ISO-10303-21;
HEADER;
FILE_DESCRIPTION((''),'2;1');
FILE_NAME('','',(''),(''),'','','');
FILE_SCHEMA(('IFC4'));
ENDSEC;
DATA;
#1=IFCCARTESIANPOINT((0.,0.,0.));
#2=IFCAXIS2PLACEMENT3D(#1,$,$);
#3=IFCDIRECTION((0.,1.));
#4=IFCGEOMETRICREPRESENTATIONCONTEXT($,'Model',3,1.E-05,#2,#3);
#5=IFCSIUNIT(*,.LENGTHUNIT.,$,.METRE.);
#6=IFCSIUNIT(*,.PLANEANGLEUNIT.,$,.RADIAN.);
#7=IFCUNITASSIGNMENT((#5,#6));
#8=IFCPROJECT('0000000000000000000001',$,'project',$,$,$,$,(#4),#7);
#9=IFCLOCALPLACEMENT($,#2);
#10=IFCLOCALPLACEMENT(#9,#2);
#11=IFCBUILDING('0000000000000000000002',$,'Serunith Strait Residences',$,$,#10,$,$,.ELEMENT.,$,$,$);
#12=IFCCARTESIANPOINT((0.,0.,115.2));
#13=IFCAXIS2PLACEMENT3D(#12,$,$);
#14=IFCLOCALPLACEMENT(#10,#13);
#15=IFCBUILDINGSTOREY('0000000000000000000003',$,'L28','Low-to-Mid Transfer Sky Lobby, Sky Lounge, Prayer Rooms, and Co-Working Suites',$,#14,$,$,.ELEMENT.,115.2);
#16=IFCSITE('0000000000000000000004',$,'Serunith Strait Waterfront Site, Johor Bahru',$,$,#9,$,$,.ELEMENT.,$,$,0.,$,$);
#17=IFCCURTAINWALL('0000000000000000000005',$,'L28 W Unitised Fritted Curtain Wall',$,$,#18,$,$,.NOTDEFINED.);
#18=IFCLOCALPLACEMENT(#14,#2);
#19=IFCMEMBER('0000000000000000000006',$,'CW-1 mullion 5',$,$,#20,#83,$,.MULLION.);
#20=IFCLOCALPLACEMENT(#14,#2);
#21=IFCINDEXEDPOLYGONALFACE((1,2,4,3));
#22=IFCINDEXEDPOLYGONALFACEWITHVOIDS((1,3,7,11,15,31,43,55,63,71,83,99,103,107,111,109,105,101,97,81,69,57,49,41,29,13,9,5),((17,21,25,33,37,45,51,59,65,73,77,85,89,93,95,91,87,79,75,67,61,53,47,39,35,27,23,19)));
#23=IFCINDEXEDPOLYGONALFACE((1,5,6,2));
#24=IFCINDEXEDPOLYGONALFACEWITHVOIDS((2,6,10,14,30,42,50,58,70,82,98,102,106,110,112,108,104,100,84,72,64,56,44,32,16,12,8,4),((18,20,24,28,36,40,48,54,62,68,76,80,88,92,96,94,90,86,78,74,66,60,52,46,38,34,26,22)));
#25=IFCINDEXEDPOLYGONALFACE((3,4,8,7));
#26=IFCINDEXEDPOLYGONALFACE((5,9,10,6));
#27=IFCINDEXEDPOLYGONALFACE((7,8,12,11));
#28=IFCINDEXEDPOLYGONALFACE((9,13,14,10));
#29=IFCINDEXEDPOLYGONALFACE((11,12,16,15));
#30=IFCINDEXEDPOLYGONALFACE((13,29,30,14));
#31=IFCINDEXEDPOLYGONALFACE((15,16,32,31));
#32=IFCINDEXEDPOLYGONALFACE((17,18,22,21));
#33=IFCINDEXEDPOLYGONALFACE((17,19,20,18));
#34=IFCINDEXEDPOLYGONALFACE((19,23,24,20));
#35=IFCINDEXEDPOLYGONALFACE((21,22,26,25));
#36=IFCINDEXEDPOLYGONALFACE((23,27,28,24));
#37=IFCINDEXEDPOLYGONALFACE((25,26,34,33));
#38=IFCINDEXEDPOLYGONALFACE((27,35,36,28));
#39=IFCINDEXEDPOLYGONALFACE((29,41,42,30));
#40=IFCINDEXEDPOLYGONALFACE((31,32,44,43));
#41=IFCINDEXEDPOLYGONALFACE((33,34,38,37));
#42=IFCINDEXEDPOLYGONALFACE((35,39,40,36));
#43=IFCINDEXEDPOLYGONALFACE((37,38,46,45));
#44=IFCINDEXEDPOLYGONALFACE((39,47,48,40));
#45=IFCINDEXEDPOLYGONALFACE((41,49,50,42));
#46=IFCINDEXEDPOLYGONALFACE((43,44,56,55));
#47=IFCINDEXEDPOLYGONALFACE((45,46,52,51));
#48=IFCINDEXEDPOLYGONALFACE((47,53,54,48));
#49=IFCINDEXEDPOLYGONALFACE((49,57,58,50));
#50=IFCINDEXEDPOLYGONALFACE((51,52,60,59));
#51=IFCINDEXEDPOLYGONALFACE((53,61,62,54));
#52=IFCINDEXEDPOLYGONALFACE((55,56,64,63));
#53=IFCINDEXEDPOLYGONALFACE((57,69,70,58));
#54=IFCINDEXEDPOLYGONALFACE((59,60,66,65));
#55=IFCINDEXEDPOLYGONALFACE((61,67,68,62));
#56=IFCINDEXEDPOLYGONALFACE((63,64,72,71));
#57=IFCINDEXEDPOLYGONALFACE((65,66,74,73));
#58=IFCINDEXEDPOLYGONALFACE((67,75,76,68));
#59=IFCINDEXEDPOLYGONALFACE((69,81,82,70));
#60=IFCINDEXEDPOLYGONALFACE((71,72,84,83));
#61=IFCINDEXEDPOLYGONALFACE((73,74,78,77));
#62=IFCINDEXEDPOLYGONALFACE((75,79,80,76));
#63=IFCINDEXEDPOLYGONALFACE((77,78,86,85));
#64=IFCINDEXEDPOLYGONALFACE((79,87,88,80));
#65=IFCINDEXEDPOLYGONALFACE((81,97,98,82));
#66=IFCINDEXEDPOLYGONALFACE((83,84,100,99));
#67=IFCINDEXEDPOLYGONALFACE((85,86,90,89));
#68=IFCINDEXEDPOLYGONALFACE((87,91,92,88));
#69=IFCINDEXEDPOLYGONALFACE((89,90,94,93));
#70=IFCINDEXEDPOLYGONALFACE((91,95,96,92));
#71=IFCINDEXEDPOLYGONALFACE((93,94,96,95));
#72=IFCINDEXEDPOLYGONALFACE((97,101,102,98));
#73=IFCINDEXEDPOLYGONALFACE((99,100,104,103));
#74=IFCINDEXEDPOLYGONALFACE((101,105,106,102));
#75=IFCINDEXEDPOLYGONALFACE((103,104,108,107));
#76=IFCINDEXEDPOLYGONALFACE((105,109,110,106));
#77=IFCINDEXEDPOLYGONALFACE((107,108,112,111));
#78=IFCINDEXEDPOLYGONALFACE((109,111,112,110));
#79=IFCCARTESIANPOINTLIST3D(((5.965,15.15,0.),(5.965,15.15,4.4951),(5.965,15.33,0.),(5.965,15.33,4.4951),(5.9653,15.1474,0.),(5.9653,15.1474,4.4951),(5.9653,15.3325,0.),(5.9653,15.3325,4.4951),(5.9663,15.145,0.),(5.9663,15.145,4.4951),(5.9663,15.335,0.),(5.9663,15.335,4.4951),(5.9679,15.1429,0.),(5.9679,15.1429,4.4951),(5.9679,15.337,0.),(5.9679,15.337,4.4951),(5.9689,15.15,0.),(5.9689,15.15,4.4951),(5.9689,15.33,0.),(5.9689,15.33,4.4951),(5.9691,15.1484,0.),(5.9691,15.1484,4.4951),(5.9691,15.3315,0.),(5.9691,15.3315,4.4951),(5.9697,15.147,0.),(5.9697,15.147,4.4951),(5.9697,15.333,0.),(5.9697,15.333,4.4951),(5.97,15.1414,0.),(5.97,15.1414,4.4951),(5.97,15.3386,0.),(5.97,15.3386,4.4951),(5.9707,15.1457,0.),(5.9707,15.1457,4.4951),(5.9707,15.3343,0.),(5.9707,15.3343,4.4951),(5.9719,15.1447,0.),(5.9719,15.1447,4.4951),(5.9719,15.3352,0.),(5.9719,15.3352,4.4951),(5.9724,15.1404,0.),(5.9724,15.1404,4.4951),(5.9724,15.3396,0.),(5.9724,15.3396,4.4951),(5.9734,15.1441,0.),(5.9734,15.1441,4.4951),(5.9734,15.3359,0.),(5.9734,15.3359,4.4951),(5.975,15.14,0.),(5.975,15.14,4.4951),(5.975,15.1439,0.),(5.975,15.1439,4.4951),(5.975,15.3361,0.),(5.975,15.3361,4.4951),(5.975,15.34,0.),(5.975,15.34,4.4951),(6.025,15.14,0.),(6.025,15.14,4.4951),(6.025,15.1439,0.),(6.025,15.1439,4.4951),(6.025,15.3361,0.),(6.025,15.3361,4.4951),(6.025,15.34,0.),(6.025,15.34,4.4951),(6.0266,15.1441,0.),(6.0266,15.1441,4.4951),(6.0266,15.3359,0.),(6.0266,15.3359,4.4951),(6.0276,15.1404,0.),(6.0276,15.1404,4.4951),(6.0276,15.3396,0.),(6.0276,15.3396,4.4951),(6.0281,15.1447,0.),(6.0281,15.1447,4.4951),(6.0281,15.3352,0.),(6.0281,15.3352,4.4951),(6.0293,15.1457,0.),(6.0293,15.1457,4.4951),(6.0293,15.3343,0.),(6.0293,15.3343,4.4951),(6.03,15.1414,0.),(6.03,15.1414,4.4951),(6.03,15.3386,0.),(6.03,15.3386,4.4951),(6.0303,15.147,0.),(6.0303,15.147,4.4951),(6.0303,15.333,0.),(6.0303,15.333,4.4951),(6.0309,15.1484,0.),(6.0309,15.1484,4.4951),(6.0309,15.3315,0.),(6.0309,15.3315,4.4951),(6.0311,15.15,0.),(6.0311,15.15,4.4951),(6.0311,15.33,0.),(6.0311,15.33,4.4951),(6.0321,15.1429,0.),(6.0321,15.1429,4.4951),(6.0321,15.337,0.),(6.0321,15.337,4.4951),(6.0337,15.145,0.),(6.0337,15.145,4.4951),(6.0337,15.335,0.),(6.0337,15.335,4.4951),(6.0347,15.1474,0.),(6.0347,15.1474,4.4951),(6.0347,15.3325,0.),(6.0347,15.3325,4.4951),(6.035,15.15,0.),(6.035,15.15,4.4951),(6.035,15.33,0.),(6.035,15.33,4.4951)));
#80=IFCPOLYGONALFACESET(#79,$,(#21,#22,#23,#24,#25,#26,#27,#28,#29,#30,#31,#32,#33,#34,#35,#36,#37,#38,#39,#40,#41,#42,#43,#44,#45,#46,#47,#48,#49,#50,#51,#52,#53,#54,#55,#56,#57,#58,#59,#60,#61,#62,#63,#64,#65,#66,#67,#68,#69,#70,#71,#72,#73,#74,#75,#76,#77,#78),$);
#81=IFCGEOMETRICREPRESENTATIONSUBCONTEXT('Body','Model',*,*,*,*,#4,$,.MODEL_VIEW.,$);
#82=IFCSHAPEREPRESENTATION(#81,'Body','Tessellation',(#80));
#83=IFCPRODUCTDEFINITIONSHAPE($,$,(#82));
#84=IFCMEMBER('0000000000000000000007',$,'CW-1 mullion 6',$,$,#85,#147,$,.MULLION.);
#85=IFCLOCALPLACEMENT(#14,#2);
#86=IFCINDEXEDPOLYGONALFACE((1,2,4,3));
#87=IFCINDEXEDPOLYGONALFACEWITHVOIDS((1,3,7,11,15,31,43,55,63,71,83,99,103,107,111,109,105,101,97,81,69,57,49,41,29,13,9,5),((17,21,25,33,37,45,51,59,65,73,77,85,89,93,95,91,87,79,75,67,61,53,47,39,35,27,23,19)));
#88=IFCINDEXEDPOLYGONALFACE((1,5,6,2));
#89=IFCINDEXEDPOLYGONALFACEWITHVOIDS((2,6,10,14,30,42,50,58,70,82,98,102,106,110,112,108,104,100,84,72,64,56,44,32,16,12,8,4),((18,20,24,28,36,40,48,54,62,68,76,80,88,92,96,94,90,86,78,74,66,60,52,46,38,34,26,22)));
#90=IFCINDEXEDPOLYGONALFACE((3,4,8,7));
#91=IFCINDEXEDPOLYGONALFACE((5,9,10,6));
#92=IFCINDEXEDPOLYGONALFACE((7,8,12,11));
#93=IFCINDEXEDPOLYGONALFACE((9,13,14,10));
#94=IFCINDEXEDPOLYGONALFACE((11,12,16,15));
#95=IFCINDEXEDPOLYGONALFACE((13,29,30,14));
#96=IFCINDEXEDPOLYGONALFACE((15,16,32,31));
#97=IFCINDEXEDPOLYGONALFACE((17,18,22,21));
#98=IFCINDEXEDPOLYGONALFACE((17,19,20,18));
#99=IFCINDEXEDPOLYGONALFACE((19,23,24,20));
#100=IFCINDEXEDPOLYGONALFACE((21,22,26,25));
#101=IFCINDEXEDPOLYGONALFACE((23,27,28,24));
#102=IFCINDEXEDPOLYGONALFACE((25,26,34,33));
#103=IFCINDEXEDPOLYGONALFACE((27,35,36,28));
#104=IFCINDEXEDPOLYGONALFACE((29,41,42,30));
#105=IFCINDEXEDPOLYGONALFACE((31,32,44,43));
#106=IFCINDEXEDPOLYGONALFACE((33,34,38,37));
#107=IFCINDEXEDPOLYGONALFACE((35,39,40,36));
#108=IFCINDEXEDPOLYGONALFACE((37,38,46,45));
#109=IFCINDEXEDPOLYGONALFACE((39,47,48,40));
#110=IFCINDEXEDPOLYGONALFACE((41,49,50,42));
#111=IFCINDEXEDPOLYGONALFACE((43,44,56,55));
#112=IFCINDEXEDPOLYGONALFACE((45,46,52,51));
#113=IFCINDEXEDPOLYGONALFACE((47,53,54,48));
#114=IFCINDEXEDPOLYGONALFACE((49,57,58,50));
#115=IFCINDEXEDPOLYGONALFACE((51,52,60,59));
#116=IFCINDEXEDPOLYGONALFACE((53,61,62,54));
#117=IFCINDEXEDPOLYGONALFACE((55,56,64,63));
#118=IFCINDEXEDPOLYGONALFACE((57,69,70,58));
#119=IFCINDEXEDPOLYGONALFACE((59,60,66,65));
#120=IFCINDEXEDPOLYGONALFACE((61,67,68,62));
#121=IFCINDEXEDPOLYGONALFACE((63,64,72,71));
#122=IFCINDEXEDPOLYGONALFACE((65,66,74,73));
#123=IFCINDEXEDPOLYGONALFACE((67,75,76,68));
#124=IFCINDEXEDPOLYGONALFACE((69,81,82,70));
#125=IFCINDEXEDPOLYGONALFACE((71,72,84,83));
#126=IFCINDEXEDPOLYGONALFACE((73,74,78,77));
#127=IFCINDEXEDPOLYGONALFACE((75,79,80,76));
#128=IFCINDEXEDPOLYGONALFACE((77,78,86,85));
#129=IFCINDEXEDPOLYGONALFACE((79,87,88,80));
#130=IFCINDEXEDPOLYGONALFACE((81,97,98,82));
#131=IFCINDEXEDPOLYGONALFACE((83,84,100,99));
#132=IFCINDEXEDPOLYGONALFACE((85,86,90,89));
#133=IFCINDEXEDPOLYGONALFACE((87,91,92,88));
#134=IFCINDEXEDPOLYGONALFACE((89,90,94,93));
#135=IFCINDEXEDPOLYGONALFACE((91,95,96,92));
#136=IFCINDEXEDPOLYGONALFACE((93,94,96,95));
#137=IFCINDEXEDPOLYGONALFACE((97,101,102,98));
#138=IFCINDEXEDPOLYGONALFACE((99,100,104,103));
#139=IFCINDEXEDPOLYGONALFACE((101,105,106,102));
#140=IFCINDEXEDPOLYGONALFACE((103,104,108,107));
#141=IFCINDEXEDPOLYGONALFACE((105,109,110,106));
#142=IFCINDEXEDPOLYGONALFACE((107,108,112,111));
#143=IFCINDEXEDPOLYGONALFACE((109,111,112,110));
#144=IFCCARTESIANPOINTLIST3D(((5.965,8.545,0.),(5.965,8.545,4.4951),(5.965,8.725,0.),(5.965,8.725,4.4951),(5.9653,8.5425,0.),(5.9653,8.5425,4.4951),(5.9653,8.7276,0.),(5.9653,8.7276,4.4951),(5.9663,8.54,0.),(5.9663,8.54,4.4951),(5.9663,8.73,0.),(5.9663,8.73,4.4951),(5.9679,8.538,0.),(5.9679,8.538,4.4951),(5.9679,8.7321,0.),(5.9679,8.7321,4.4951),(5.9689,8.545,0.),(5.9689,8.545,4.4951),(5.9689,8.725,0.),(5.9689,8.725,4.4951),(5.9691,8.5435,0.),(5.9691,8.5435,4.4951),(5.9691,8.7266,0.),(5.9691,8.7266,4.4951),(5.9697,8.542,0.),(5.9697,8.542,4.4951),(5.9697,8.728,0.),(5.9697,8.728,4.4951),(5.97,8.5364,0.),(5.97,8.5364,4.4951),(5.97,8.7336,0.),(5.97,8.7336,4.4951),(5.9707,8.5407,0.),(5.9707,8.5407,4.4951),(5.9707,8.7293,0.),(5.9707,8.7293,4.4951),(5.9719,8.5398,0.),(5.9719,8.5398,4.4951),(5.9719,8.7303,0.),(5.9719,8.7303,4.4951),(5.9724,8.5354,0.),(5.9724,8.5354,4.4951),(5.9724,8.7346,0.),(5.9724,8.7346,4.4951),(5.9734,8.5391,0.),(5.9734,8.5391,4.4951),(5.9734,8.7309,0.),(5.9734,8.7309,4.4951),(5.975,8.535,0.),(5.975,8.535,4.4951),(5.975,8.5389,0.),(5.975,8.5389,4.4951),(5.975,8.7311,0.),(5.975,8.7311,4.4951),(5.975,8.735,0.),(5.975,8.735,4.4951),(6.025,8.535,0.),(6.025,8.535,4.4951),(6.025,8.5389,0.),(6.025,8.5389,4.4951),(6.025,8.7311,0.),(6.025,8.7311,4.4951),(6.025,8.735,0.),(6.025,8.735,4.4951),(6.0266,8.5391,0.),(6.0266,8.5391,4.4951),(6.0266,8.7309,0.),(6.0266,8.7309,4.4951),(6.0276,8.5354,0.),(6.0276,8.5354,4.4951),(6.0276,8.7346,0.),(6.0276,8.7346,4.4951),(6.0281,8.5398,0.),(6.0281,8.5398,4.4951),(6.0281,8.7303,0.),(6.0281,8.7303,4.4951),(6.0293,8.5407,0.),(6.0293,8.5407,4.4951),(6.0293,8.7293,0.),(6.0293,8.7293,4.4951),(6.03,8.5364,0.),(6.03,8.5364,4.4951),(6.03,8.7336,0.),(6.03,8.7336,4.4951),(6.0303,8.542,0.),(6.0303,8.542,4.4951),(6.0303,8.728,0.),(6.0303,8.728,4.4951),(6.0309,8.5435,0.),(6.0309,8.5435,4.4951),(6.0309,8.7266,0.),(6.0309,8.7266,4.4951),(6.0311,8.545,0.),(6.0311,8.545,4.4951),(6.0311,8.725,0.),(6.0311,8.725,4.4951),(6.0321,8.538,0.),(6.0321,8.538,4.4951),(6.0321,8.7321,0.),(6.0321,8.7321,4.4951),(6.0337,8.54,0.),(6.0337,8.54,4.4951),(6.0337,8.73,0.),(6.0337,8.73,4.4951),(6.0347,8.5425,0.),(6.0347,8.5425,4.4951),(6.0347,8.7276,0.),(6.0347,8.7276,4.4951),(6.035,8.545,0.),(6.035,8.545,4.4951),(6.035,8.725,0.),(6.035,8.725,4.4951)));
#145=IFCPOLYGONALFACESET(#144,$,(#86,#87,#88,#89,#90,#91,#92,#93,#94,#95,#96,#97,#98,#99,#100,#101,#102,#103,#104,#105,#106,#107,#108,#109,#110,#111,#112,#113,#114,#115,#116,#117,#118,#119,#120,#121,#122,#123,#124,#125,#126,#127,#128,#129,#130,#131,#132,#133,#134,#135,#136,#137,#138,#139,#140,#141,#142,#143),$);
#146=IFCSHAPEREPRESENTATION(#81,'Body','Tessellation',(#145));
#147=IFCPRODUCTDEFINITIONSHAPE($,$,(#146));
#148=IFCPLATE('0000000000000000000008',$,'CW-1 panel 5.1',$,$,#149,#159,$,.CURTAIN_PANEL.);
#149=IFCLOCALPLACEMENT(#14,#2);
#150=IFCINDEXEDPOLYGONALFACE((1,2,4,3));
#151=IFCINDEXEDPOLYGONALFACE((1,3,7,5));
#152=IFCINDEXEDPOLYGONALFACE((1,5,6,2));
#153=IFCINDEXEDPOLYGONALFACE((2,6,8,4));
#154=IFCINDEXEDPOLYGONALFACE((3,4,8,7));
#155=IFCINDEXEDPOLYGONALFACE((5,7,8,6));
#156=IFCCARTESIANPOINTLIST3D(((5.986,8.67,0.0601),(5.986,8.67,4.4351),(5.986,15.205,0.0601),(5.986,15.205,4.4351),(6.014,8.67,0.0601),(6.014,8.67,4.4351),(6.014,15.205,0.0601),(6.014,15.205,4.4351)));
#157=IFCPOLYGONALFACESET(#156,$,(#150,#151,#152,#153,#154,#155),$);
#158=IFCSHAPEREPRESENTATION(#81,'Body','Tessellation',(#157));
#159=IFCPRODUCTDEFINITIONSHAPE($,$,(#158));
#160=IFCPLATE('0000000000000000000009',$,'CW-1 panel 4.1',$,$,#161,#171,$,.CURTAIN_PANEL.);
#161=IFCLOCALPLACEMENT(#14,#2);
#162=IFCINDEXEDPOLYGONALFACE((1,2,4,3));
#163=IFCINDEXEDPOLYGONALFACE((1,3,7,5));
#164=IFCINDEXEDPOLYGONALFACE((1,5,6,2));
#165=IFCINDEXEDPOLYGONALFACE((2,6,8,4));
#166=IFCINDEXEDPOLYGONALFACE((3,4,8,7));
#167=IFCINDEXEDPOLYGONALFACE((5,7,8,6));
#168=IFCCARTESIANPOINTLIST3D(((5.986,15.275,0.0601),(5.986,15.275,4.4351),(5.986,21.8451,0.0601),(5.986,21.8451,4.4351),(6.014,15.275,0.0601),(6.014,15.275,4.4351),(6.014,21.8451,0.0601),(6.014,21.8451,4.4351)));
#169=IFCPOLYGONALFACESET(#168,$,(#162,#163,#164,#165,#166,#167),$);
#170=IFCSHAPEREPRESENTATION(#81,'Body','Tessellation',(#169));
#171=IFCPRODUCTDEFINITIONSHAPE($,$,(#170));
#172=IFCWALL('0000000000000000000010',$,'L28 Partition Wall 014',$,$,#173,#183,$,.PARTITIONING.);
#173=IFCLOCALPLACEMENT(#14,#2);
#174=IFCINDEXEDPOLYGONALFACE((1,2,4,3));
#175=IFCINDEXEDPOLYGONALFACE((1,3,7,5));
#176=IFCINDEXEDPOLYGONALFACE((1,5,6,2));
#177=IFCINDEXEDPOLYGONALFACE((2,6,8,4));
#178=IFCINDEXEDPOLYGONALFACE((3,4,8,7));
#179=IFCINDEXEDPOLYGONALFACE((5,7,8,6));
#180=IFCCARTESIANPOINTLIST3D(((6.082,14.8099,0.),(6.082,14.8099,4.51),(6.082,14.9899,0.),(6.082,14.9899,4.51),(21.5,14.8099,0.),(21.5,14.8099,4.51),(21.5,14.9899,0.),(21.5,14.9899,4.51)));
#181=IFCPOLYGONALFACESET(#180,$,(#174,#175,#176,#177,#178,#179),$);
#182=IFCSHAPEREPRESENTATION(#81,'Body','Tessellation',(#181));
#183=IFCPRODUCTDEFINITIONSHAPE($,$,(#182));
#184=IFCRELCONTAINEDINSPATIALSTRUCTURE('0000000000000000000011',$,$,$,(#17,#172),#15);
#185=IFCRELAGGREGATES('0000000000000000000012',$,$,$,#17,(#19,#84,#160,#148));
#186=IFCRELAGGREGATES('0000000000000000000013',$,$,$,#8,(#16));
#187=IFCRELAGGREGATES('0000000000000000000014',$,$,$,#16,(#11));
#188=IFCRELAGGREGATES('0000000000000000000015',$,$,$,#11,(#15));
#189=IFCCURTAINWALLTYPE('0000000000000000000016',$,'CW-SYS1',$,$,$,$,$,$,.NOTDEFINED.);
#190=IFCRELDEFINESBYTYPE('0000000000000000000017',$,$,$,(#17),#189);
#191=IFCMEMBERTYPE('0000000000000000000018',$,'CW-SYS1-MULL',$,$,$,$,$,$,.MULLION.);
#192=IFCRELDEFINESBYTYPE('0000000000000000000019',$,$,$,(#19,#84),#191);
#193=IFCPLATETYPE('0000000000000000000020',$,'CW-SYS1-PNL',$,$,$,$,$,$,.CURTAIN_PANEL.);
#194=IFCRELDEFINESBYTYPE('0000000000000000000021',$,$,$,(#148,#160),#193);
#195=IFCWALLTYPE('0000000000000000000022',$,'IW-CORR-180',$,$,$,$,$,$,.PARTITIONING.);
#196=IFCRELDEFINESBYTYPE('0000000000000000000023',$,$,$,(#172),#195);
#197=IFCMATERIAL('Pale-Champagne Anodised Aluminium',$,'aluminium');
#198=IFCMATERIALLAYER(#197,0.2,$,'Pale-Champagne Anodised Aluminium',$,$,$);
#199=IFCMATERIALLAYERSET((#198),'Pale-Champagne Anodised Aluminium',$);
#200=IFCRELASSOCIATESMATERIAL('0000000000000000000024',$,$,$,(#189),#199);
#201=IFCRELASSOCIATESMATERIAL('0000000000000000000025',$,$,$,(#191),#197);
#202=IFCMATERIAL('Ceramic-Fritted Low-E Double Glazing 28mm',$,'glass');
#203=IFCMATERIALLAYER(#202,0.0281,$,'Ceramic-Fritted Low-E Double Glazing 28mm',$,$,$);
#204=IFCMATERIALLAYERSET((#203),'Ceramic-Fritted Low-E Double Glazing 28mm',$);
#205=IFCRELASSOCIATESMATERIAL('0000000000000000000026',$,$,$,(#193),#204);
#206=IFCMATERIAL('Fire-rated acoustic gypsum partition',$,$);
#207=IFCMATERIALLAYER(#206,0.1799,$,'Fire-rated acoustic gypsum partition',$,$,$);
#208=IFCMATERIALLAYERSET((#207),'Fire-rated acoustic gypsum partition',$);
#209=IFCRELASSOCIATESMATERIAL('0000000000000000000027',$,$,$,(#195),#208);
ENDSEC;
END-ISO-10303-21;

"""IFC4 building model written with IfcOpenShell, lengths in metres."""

from ifc_helpers import new_model, si_unit, direction, frame, frame_2d, origin, origin_2d, place, context, subcontext, project, spatial, rectangle, hollow_rectangle, extrude, source, transform, mapped, material, layer, layer_set, material_profile, profile_set, type_object, element, aggregate, save


model = new_model("IFC4")

# Units and contexts
model_context = context("Model", 3, precision=1e-05, world=origin(), true_north=direction((0.0, 1.0)))
body_context = subcontext(model_context, "Body", "Model", "MODEL_VIEW")
ifc_project = project(units=[si_unit("LENGTHUNIT", "METRE"), si_unit("PLANEANGLEUNIT", "RADIAN")], contexts=[model_context])

# Site, building, storey
site_placement = place(None, origin())
site = spatial("IfcSite", under=ifc_project, at=site_placement, Name="Serunith Strait Waterfront Site, Johor Bahru", CompositionType="ELEMENT", RefElevation=0.0)
building_placement = place(site_placement, origin())
building = spatial("IfcBuilding", under=site, at=building_placement, Name="Serunith Strait Residences", CompositionType="ELEMENT")
storey_placement = place(building_placement, frame((0.0, 0.0, 115.2)))
storey = spatial("IfcBuildingStorey", under=building, at=storey_placement, Name="L28", Description="Low-to-Mid Transfer Sky Lobby, Sky Lounge, Prayer Rooms, and Co-Working Suites", CompositionType="ELEMENT", Elevation=115.2)

# Curtain wall, members, plates
ifc_material_1 = material(Name="Pale-Champagne Anodised Aluminium", Category="aluminium")
ifc_layer_1 = layer(ifc_material_1, 0.2, Name="Pale-Champagne Anodised Aluminium")
ifc_layer_set_1 = layer_set([ifc_layer_1], Name="Pale-Champagne Anodised Aluminium")
curtain_wall_type = type_object("IfcCurtainWallType", Name="CW-SYS1", PredefinedType="NOTDEFINED", material=ifc_layer_set_1)
curtain_wall_placement = place(storey_placement, origin())
curtain_wall = element("IfcCurtainWall", 1, at=curtain_wall_placement, inside=storey, type_object=curtain_wall_type, Name="L28 W Unitised Fritted Curtain Wall", PredefinedType="NOTDEFINED")
ifc_material_profile_1 = material_profile(ifc_material_1, hollow_rectangle(XDim=0.0701, YDim=0.2, WallThickness=0.0039, InnerFilletRadius=0.0061, OuterFilletRadius=0.01, at=origin_2d()), Name="ALU 200x70x4")
ifc_profile_set_1 = profile_set([ifc_material_profile_1], Name="Pale-Champagne Anodised Aluminium")
member_type_1 = type_object("IfcMemberType", Name="CW-SYS1-MULL", PredefinedType="MULLION", material=ifc_profile_set_1)
shared_shape_1 = source(origin(), body_context, "Body", "SweptSolid", [
    extrude(hollow_rectangle(XDim=0.0701, YDim=0.2, WallThickness=0.0039, InnerFilletRadius=0.0061, OuterFilletRadius=0.01, at=origin_2d()), origin(), (0.0, 0.0, 1.0), 4.4951),
])
member_1_placement = place(storey_placement, frame((6.0, 15.24, 0.0), z_axis=(0.0, 0.0, 1.0), x_axis=(1.0, 0.0, 0.0)))
member_1 = element("IfcMember", 2, at=member_1_placement, type_object=member_type_1, Name="CW-1 mullion 5", PredefinedType="MULLION", context=body_context, shape_type="MappedRepresentation", body=[
    mapped(shared_shape_1, transform((0.0, 0.0, 0.0), scale=1.0)),
])
member_2_placement = place(storey_placement, frame((6.0, 8.635, 0.0), z_axis=(0.0, 0.0, 1.0), x_axis=(1.0, 0.0, 0.0)))
member_2 = element("IfcMember", 3, at=member_2_placement, type_object=member_type_1, Name="CW-1 mullion 6", PredefinedType="MULLION", context=body_context, shape_type="MappedRepresentation", body=[
    mapped(shared_shape_1, transform((0.0, 0.0, 0.0), scale=1.0)),
])
ifc_material_2 = material(Name="Ceramic-Fritted Low-E Double Glazing 28mm", Category="glass")
ifc_layer_2 = layer(ifc_material_2, 0.0281, Name="Ceramic-Fritted Low-E Double Glazing 28mm")
ifc_layer_set_2 = layer_set([ifc_layer_2], Name="Ceramic-Fritted Low-E Double Glazing 28mm")
plate_type = type_object("IfcPlateType", Name="CW-SYS1-PNL", PredefinedType="CURTAIN_PANEL", material=ifc_layer_set_2)
shared_shape_2 = source(origin(), body_context, "Body", "SweptSolid", [
    extrude(rectangle(XDim=6.5349, YDim=0.0281, at=origin_2d()), origin(), (0.0, 0.0, 1.0), 4.375),
])
plate_1_placement = place(storey_placement, frame((6.0, 11.9375, 0.0601), z_axis=(0.0, 0.0, 1.0), x_axis=(0.0, -1.0, 0.0)))
plate_1 = element("IfcPlate", 4, at=plate_1_placement, type_object=plate_type, Name="CW-1 panel 5.1", PredefinedType="CURTAIN_PANEL", context=body_context, shape_type="MappedRepresentation", body=[
    mapped(shared_shape_2, transform((0.0, 0.0, 0.0), scale=1.0)),
])
shared_shape_3 = source(origin(), body_context, "Body", "SweptSolid", [
    extrude(rectangle(XDim=6.5701, YDim=0.0281, at=origin_2d()), origin(), (0.0, 0.0, 1.0), 4.375),
])
plate_2_placement = place(storey_placement, frame((6.0, 18.5601, 0.0601), z_axis=(0.0, 0.0, 1.0), x_axis=(0.0, -1.0, 0.0)))
plate_2 = element("IfcPlate", 5, at=plate_2_placement, type_object=plate_type, Name="CW-1 panel 4.1", PredefinedType="CURTAIN_PANEL", context=body_context, shape_type="MappedRepresentation", body=[
    mapped(shared_shape_3, transform((0.0, 0.0, 0.0), scale=1.0)),
])
aggregate(curtain_wall, [member_1, member_2, plate_2, plate_1])

# Wall
ifc_material_3 = material(Name="Fire-rated acoustic gypsum partition")
ifc_layer_3 = layer(ifc_material_3, 0.1799, Name="Fire-rated acoustic gypsum partition")
ifc_layer_set_3 = layer_set([ifc_layer_3], Name="Fire-rated acoustic gypsum partition")
wall_type = type_object("IfcWallType", Name="IW-CORR-180", PredefinedType="PARTITIONING", material=ifc_layer_set_3)
wall_placement = place(storey_placement, frame((6.082, 14.8999, 0.0), z_axis=(0.0, 0.0, 1.0), x_axis=(1.0, 0.0, 0.0)))
element("IfcWall", 6, at=wall_placement, inside=storey, type_object=wall_type, Name="L28 Partition Wall 014", PredefinedType="PARTITIONING", context=body_context, shape_type="SweptSolid", body=[
    extrude(rectangle(XDim=15.418, YDim=0.1799, at=frame_2d((7.709, 0.0))), origin(), (0.0, 0.0, 1.0), 4.51),
])

save(model, "model.ifc")
